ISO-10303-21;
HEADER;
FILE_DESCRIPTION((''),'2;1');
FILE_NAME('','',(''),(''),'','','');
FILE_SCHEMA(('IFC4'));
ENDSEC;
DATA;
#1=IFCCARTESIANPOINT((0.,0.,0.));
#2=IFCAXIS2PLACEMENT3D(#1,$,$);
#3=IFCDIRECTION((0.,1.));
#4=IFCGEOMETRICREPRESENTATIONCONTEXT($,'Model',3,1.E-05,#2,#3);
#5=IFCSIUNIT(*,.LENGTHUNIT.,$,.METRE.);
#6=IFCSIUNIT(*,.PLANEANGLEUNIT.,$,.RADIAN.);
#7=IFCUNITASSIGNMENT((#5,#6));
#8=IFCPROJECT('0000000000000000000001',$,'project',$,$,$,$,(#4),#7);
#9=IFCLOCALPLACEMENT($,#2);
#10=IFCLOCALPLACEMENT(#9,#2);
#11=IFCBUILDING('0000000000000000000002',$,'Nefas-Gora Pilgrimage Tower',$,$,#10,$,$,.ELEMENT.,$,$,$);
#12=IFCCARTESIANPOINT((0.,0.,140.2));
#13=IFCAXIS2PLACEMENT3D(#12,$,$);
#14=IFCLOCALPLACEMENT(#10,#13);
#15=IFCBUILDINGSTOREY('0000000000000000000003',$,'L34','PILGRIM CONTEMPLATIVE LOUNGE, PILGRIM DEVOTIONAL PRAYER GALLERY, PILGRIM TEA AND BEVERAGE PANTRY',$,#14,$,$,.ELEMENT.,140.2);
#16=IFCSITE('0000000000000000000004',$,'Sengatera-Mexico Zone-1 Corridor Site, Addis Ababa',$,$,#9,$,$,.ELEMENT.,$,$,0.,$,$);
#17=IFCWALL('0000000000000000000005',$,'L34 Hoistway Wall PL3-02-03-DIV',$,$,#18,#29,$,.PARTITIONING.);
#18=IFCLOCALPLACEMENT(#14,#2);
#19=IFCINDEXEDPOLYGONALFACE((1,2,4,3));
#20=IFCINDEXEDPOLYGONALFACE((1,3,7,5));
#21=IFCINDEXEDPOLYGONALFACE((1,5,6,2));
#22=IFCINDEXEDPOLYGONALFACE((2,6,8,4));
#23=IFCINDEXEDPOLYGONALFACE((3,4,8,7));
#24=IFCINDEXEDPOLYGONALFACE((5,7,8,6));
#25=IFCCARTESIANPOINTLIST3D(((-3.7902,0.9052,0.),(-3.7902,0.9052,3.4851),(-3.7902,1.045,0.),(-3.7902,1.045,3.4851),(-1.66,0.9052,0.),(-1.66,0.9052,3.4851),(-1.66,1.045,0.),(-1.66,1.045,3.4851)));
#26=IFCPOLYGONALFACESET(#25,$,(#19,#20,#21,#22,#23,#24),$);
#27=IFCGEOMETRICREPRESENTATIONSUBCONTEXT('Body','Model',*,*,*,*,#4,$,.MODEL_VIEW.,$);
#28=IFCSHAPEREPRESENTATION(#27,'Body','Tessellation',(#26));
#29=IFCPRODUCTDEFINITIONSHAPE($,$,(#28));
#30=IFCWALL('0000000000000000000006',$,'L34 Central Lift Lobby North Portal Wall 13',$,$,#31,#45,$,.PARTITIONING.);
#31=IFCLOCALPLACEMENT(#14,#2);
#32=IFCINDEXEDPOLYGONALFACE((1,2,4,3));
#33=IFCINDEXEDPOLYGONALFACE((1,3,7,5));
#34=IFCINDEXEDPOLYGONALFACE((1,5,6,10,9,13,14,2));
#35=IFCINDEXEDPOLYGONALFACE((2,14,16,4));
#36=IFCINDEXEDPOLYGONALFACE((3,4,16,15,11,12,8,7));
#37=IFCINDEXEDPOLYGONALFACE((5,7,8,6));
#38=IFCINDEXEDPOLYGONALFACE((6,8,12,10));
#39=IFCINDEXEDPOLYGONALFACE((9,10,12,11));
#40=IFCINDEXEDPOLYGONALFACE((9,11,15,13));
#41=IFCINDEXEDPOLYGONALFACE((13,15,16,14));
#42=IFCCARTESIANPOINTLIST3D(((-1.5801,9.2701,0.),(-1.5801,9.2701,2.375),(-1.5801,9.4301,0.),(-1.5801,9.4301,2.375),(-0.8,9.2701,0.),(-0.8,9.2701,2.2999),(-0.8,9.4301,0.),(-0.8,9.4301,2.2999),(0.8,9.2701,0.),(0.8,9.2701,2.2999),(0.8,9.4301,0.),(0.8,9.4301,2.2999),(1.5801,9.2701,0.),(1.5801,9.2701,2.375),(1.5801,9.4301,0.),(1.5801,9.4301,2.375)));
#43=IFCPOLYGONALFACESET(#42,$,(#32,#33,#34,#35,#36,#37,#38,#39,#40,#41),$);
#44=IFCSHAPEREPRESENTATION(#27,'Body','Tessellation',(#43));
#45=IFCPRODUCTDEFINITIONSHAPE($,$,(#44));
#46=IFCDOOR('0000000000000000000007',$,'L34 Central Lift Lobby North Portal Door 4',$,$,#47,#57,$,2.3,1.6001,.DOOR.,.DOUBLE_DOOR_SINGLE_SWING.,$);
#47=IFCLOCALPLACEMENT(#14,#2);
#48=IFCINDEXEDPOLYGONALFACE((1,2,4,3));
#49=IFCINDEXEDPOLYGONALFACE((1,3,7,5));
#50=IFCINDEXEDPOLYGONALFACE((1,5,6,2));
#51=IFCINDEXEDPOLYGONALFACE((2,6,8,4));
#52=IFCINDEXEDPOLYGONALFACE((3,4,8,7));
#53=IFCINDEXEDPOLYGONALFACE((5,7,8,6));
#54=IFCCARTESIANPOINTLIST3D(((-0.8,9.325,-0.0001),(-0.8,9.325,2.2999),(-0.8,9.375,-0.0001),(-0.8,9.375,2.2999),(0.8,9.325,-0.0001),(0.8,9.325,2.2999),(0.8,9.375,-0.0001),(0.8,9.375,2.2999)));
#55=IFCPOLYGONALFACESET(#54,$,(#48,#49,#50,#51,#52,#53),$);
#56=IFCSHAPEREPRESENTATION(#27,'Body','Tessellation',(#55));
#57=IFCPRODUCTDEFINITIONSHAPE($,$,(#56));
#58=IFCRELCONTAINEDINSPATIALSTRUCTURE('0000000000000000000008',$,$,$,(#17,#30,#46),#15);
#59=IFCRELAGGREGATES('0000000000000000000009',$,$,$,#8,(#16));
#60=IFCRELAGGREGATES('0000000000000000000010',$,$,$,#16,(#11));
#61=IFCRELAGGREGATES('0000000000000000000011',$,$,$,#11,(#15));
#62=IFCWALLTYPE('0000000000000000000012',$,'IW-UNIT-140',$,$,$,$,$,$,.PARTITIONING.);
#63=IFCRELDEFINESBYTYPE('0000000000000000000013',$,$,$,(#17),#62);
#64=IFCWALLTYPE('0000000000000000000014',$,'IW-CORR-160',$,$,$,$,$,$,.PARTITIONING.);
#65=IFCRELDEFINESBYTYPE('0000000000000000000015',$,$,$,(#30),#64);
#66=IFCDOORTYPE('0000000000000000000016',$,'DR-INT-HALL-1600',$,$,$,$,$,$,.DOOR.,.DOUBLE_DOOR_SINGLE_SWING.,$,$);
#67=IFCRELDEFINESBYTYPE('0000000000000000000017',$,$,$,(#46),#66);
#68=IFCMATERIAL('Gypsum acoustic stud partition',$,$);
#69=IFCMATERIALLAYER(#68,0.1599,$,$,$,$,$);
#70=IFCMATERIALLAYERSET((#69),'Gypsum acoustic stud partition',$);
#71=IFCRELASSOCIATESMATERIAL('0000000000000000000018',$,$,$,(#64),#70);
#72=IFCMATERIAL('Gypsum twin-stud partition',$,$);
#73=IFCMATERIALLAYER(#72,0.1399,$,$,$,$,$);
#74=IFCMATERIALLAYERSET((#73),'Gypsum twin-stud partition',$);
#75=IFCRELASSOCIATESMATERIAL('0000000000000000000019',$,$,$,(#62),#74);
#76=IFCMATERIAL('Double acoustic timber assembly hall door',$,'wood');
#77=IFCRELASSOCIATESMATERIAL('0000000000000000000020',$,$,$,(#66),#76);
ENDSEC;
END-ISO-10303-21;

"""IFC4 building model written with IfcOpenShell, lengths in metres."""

from ifc_helpers import new_model, si_unit, direction, frame, frame_2d, origin, place, context, subcontext, project, spatial, rectangle, extrude, source, transform, mapped, material, layer, layer_set, type_object, element, fill, save


model = new_model("IFC4")

# Units and contexts
model_context = context("Model", 3, precision=1e-05, world=origin(), true_north=direction((0.0, 1.0)))
body_context = subcontext(model_context, "Body", "Model", "MODEL_VIEW")
ifc_project = project(units=[si_unit("LENGTHUNIT", "METRE"), si_unit("PLANEANGLEUNIT", "RADIAN")], contexts=[model_context])

# Site, building, storey
site_placement = place(None, origin())
site = spatial("IfcSite", under=ifc_project, at=site_placement, Name="Sengatera-Mexico Zone-1 Corridor Site, Addis Ababa", CompositionType="ELEMENT", RefElevation=0.0)
building_placement = place(site_placement, origin())
building = spatial("IfcBuilding", under=site, at=building_placement, Name="Nefas-Gora Pilgrimage Tower", CompositionType="ELEMENT")
storey_placement = place(building_placement, frame((0.0, 0.0, 140.2)))
storey = spatial("IfcBuildingStorey", under=building, at=storey_placement, Name="L34", Description="PILGRIM CONTEMPLATIVE LOUNGE, PILGRIM DEVOTIONAL PRAYER GALLERY, PILGRIM TEA AND BEVERAGE PANTRY", CompositionType="ELEMENT", Elevation=140.2)

# Wall
ifc_material_1 = material(Name="Gypsum acoustic stud partition")
ifc_layer_1 = layer(ifc_material_1, 0.1599)
ifc_layer_set_1 = layer_set([ifc_layer_1], Name="Gypsum acoustic stud partition")
wall_type_1 = type_object("IfcWallType", Name="IW-CORR-160", PredefinedType="PARTITIONING", material=ifc_layer_set_1)
ifc_material_2 = material(Name="Gypsum twin-stud partition")
ifc_layer_2 = layer(ifc_material_2, 0.1399)
ifc_layer_set_2 = layer_set([ifc_layer_2], Name="Gypsum twin-stud partition")
wall_type_2 = type_object("IfcWallType", Name="IW-UNIT-140", PredefinedType="PARTITIONING", material=ifc_layer_set_2)
shared_shape_1 = source(origin(), body_context, "Body", "SweptSolid", [
    extrude(rectangle(XDim=2.1301, YDim=0.1399, at=frame_2d((1.0649, 0.0))), origin(), (0.0, 0.0, 1.0), 3.4851),
])
wall_1_placement = place(storey_placement, frame((-3.79, 0.9751, 0.0), z_axis=(0.0, 0.0, 1.0), x_axis=(1.0, 0.0, 0.0)))
element("IfcWall", 1, at=wall_1_placement, inside=storey, type_object=wall_type_2, Name="L34 Hoistway Wall PL3-02-03-DIV", PredefinedType="PARTITIONING", context=body_context, shape_type="MappedRepresentation", body=[
    mapped(shared_shape_1, transform((0.0, 0.0, 0.0), x_axis=(1.0, 0.0, 0.0), y_axis=(0.0, 1.0, 0.0), z_axis=(0.0, 0.0, 1.0), scale=1.0)),
])

# Wall, opening, door
shared_shape_2 = source(origin(), body_context, "Body", "SweptSolid", [
    extrude(rectangle(XDim=3.1602, YDim=0.1599, at=frame_2d((1.5801, 0.0))), origin(), (0.0, 0.0, 1.0), 2.375),
])
wall_2_placement = place(storey_placement, frame((-1.5801, 9.3501, 0.0), z_axis=(0.0, 0.0, 1.0), x_axis=(1.0, 0.0, 0.0)))
wall_2 = element("IfcWall", 2, at=wall_2_placement, inside=storey, type_object=wall_type_1, Name="L34 Central Lift Lobby North Portal Wall 13", PredefinedType="PARTITIONING", context=body_context, shape_type="MappedRepresentation", body=[
    mapped(shared_shape_2, transform((0.0, 0.0, 0.0), x_axis=(1.0, 0.0, 0.0), y_axis=(0.0, 1.0, 0.0), z_axis=(0.0, 0.0, 1.0), scale=1.0)),
])
opening_1_placement = place(wall_2_placement, frame((0.78, 0.0, 0.0)))
opening_1 = element("IfcOpeningElement", 3, at=opening_1_placement, cuts=wall_2, PredefinedType="OPENING", context=body_context, shape_type="SweptSolid", body=[
    extrude(rectangle(XDim=1.6001, YDim=2.3, at=frame_2d((0.8, 1.1499))), frame((0.0, 0.0898, 0.0), z_axis=(0.0, -1.0, 0.0), x_axis=(1.0, 0.0, 0.0)), (0.0, 0.0, 1.0), 0.1799),
])
ifc_material_3 = material(Name="Double acoustic timber assembly hall door", Category="wood")
door_type_1 = type_object("IfcDoorType", Name="DR-INT-HALL-1600", OperationType="DOUBLE_DOOR_SINGLE_SWING", PredefinedType="DOOR", material=ifc_material_3)
shared_shape_3 = source(origin(), body_context, "Body", "SweptSolid", [
    extrude(rectangle(XDim=1.6001, YDim=2.3, at=frame_2d((0.8, 1.1499))), frame((0.0, 0.0249, 0.0), z_axis=(0.0, -1.0, 0.0), x_axis=(1.0, 0.0, 0.0)), (0.0, 0.0, 1.0), 0.05),
])
door_1_placement = place(opening_1_placement, origin())
door_1 = element("IfcDoor", 4, at=door_1_placement, inside=storey, type_object=door_type_1, Name="L34 Central Lift Lobby North Portal Door 4", OperationType="DOUBLE_DOOR_SINGLE_SWING", OverallHeight=2.3, OverallWidth=1.6001, PredefinedType="DOOR", context=body_context, shape_type="MappedRepresentation", body=[
    mapped(shared_shape_3, transform((0.0, 0.0, 0.0), x_axis=(1.0, 0.0, 0.0), y_axis=(0.0, 1.0, 0.0), z_axis=(0.0, 0.0, 1.0), scale=1.0)),
])
fill(opening_1, door_1)

save(model, "model.ifc")
